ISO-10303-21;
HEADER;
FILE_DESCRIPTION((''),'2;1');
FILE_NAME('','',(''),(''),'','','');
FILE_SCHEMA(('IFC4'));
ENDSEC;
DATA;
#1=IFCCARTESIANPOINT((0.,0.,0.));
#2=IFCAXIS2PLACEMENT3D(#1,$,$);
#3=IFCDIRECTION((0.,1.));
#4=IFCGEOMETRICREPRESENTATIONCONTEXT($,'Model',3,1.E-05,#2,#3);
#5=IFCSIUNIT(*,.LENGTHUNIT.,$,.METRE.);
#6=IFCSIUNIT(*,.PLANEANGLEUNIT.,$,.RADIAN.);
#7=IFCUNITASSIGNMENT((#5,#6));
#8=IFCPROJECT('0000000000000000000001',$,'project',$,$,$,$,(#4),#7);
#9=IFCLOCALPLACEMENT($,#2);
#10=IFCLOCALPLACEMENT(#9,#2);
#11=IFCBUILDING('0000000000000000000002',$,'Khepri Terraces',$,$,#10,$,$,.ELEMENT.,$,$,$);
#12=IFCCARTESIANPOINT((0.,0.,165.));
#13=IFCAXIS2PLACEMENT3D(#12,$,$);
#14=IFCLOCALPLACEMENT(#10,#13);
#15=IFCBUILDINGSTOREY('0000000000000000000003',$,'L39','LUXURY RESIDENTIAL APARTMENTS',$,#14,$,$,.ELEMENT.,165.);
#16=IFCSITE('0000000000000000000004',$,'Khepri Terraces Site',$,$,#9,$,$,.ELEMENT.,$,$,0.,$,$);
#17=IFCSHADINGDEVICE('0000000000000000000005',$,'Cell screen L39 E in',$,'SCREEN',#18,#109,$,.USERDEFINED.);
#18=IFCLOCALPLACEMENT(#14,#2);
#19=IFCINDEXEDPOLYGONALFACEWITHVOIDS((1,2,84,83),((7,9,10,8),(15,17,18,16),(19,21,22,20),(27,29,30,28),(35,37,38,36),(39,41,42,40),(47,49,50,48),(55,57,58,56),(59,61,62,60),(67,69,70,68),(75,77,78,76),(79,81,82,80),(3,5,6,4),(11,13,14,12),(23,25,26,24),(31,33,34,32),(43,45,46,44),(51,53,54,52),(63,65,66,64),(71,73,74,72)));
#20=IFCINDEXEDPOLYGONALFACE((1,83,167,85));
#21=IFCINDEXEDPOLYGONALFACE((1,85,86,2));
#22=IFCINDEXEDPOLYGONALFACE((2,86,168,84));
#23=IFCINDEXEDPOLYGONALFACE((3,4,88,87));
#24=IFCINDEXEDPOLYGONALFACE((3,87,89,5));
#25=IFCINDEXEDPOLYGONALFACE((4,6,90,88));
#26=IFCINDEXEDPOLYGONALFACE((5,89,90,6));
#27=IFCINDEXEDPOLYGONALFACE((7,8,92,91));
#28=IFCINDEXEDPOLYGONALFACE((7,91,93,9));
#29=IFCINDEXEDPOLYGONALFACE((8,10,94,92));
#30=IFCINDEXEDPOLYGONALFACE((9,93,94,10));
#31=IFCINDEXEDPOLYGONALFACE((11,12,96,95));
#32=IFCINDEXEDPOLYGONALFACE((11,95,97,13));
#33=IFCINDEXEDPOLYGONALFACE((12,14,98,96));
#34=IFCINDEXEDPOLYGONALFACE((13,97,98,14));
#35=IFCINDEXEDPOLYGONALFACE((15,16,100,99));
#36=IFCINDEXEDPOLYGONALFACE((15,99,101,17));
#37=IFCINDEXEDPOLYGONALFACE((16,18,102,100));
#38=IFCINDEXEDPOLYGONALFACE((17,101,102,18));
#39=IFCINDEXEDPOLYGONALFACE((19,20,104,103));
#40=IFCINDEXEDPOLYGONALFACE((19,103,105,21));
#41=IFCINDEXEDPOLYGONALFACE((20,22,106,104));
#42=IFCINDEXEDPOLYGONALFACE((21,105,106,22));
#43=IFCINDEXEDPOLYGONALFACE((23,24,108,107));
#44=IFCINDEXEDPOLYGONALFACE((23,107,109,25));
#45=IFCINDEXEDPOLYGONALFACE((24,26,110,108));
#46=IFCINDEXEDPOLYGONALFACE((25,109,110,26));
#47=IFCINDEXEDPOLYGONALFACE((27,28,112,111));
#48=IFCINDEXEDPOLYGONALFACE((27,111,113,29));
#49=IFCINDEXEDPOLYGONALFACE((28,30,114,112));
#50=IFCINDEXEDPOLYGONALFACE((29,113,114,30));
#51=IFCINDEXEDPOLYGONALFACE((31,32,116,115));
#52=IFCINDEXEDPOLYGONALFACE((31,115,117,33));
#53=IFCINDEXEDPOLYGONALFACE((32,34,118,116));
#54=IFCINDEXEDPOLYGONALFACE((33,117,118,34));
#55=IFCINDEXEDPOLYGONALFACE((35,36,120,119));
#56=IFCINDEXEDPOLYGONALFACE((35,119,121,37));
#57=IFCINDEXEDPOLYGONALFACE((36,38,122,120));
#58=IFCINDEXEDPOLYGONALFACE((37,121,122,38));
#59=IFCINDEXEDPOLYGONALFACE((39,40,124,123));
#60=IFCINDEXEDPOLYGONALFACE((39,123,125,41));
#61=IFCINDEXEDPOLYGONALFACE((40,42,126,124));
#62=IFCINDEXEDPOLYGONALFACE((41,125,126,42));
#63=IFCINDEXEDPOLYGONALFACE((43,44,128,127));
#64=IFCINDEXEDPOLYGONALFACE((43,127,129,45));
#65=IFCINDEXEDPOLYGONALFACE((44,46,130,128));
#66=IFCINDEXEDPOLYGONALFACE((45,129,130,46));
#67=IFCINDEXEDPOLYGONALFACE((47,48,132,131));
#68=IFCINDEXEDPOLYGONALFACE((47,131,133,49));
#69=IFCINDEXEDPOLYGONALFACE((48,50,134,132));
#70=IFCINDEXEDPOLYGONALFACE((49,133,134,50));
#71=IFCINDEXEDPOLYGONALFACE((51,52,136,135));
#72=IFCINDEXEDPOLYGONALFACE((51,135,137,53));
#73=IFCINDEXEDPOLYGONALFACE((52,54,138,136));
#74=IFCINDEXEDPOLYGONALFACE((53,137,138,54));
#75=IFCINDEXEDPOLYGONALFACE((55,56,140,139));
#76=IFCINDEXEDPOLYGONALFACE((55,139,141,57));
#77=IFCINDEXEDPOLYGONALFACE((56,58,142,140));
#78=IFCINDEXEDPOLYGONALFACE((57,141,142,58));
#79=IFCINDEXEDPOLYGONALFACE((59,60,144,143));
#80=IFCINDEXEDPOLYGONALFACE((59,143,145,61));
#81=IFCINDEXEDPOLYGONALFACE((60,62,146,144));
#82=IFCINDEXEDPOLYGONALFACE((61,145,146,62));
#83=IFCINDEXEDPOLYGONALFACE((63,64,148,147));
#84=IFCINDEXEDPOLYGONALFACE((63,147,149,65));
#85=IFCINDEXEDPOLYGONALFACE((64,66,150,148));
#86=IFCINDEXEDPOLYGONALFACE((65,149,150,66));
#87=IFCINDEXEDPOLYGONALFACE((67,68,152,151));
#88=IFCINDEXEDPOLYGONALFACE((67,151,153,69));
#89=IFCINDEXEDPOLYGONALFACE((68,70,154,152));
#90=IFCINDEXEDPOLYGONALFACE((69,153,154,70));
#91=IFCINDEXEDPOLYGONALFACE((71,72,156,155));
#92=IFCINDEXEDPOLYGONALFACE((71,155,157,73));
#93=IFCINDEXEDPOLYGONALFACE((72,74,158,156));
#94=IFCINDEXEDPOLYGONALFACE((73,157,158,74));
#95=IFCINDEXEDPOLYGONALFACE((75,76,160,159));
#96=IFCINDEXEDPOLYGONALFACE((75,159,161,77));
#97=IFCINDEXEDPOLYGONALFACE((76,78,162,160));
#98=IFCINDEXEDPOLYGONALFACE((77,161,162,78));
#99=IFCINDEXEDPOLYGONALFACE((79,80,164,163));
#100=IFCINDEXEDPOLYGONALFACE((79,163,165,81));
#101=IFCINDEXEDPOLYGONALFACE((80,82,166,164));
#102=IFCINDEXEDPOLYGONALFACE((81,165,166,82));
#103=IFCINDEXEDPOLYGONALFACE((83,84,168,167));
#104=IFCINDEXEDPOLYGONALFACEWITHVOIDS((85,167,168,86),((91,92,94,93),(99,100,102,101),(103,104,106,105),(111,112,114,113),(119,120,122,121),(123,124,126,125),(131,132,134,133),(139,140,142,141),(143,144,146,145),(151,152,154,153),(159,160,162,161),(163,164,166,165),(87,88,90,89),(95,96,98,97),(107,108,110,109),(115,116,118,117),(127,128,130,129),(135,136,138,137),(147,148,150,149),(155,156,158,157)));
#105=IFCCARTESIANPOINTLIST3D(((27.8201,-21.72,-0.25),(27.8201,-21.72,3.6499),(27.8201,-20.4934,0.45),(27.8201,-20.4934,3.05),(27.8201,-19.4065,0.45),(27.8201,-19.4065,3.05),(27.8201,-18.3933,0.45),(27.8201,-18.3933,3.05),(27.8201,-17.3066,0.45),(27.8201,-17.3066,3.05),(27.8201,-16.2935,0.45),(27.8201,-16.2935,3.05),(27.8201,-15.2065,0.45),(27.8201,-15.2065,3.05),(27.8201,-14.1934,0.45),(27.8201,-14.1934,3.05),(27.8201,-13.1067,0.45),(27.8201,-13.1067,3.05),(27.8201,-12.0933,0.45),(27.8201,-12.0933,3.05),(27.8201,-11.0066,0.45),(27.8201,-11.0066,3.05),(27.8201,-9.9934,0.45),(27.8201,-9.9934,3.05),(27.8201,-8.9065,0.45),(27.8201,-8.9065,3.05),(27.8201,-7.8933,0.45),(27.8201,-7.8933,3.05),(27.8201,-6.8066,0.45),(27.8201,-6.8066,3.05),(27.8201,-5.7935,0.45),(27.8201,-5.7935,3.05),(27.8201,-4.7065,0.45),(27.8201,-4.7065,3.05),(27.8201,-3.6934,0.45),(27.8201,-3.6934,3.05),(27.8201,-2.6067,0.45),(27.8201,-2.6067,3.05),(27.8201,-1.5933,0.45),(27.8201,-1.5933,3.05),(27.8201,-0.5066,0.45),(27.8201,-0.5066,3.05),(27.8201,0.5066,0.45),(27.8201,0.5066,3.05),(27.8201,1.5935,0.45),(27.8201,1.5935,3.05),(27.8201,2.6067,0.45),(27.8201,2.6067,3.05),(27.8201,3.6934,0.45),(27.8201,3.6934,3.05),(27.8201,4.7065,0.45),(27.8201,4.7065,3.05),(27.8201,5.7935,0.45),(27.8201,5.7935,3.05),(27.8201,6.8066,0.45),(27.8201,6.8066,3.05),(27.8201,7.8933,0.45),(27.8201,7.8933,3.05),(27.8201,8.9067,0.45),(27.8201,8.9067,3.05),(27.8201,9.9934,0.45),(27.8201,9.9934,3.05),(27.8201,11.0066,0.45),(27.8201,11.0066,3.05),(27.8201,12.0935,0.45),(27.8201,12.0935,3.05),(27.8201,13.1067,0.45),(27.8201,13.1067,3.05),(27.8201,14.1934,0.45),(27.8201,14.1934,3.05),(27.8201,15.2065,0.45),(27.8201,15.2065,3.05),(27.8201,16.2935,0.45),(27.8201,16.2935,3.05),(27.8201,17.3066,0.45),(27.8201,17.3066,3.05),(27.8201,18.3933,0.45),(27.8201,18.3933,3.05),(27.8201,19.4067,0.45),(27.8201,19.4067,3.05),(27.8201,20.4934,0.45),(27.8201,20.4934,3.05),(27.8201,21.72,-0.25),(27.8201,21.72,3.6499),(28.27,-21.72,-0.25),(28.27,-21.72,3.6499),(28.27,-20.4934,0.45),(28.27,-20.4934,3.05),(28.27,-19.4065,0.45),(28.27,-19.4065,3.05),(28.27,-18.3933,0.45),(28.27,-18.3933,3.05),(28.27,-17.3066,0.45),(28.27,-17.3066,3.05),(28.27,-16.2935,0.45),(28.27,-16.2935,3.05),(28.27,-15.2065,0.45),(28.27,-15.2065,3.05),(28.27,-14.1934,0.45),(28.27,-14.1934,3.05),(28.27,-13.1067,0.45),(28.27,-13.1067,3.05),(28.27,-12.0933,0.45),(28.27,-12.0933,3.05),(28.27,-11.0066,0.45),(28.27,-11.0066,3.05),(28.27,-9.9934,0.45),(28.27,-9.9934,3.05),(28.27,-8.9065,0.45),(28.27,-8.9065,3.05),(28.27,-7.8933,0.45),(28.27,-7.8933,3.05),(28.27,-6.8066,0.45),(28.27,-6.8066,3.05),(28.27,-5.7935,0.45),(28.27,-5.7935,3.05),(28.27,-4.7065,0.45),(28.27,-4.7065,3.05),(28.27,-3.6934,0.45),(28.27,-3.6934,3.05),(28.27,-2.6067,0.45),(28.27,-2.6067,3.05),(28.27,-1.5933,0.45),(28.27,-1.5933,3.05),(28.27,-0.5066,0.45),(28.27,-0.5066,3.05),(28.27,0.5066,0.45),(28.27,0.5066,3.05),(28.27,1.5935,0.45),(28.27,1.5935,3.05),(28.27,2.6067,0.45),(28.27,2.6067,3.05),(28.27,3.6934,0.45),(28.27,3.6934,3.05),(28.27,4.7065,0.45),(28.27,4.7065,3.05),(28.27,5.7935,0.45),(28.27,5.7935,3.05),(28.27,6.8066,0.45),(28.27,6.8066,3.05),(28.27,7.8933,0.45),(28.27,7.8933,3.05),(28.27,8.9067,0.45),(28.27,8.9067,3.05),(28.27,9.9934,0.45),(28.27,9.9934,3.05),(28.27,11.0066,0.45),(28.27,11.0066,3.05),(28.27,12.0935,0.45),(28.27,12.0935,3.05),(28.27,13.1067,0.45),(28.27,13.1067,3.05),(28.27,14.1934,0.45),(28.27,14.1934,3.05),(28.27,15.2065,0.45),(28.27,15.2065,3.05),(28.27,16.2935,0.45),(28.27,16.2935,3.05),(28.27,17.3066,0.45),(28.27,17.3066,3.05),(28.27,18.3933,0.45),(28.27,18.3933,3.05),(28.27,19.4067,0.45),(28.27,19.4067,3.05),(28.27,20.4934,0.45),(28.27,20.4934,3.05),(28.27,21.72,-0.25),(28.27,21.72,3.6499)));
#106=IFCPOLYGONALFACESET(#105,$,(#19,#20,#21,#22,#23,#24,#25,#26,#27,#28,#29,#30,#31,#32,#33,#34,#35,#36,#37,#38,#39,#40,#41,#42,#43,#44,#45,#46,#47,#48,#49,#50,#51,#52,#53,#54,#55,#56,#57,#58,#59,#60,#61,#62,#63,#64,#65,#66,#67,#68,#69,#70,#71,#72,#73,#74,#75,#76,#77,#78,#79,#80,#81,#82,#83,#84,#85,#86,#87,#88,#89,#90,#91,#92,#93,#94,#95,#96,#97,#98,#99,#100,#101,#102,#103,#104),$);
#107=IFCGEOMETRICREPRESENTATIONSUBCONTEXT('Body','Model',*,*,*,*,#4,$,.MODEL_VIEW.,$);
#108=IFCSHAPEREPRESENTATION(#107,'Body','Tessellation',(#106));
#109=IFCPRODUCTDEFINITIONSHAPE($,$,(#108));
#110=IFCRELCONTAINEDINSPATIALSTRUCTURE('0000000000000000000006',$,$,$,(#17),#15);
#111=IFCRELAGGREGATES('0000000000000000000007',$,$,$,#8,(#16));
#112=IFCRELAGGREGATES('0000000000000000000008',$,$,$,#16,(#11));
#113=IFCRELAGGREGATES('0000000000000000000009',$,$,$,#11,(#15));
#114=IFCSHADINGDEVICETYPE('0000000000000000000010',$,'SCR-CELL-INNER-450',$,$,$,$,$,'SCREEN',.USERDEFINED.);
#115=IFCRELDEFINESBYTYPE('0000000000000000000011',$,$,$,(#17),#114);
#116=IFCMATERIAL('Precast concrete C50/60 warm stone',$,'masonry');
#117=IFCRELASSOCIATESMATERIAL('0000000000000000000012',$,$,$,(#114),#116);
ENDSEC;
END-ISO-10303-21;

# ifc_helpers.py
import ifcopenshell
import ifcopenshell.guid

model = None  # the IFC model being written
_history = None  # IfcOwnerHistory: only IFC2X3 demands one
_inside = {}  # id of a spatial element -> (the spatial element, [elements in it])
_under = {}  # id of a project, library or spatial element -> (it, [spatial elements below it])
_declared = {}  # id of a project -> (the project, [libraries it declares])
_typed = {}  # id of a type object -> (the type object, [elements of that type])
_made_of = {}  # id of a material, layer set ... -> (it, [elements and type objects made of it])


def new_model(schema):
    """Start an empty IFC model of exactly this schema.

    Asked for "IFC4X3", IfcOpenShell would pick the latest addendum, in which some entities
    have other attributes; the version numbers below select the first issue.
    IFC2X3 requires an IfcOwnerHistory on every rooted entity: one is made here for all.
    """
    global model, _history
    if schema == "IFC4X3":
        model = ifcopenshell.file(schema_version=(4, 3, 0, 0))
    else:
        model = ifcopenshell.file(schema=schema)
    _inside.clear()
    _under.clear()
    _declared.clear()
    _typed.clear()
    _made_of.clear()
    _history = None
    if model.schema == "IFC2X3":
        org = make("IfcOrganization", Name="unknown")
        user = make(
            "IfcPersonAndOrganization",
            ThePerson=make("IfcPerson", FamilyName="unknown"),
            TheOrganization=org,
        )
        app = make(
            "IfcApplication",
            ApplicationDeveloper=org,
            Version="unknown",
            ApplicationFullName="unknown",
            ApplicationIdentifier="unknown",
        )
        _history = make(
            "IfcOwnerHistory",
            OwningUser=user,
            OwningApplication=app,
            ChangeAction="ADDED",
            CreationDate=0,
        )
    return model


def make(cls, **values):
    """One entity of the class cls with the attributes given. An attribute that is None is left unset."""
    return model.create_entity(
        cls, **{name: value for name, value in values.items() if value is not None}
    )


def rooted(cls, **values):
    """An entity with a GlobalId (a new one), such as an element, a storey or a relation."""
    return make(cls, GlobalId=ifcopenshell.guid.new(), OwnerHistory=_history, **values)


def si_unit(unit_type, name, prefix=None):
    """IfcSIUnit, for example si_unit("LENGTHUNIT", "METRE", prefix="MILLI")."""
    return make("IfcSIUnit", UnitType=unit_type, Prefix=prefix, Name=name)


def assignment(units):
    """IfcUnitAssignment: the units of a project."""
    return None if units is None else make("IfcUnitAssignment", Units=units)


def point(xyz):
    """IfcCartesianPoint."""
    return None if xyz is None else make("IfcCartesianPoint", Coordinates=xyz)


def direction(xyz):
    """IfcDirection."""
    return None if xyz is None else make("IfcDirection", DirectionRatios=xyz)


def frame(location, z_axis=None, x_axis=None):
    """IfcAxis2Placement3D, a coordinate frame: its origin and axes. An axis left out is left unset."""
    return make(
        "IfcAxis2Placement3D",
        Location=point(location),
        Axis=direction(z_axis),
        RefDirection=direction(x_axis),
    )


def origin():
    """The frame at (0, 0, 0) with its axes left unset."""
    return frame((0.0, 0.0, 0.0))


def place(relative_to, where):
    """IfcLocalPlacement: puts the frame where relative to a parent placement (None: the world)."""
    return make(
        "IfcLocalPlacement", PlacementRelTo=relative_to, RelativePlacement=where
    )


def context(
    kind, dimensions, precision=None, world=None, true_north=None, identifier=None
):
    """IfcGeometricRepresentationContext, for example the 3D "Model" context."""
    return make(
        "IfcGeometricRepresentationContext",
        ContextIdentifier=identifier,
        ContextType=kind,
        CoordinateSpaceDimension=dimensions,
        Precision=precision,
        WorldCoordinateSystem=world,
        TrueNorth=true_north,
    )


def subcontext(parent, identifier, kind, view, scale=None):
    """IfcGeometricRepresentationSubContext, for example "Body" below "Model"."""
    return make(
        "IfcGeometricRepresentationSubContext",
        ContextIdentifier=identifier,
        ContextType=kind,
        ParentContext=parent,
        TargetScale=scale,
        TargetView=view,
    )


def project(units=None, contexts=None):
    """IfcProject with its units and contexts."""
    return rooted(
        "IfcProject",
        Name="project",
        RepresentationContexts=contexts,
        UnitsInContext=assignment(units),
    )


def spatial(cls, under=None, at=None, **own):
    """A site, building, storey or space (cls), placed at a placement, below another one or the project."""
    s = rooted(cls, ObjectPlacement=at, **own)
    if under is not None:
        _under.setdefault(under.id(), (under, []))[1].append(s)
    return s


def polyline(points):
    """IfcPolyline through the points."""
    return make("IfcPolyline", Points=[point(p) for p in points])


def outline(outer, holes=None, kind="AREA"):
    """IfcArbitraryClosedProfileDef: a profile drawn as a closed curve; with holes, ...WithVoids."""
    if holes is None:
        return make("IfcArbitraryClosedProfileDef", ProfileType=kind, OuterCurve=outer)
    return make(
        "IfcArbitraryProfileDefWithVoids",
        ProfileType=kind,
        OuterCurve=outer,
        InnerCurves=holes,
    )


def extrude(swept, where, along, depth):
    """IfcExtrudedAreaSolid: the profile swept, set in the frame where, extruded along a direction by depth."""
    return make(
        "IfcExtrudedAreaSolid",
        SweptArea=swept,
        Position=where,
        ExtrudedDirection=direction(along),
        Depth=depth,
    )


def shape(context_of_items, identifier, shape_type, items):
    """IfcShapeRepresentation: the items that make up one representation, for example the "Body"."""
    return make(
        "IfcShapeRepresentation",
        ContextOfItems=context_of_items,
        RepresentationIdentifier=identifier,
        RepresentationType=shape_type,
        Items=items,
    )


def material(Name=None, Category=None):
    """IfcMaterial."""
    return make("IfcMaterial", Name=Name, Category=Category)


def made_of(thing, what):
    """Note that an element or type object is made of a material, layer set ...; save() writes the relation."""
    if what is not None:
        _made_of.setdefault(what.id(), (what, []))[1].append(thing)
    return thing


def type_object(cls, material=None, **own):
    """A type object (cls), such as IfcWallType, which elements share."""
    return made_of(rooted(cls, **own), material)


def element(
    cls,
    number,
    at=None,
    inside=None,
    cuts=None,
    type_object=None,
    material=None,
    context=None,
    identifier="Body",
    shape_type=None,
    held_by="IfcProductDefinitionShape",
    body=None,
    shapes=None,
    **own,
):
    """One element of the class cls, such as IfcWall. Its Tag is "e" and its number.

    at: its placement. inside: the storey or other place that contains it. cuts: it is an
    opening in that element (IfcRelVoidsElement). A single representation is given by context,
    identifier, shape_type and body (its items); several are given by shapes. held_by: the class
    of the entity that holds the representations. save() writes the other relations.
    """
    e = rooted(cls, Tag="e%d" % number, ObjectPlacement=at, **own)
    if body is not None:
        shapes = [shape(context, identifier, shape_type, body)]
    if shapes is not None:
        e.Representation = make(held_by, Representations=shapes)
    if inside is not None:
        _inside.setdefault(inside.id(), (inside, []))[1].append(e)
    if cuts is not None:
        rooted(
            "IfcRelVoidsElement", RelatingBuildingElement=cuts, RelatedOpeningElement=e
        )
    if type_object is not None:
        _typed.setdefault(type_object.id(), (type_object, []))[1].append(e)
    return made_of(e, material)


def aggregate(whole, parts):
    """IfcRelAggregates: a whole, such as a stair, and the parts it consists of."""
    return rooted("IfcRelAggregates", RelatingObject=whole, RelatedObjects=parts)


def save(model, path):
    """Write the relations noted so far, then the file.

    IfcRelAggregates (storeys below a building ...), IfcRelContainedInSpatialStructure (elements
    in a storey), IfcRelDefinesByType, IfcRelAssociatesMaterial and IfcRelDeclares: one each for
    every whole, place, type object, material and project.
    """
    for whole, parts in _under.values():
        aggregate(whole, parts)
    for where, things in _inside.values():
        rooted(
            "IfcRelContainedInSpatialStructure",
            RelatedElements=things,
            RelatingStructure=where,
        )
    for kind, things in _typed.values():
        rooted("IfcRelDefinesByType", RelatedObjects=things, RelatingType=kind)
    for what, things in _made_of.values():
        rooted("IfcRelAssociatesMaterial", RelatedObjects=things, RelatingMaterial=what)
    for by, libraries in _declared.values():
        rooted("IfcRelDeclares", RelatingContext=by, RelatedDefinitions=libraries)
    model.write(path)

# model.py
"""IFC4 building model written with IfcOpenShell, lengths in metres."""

from ifc_helpers import new_model, si_unit, direction, frame, origin, place, context, subcontext, project, spatial, polyline, outline, extrude, material, type_object, element, save


model = new_model("IFC4")

# Units and contexts
model_context = context("Model", 3, precision=1e-05, world=origin(), true_north=direction((0.0, 1.0)))
body_context = subcontext(model_context, "Body", "Model", "MODEL_VIEW")
ifc_project = project(units=[si_unit("LENGTHUNIT", "METRE"), si_unit("PLANEANGLEUNIT", "RADIAN")], contexts=[model_context])

# Site, building, storey
site_placement = place(None, origin())
site = spatial("IfcSite", under=ifc_project, at=site_placement, Name="Khepri Terraces Site", CompositionType="ELEMENT", RefElevation=0.0)
building_placement = place(site_placement, origin())
building = spatial("IfcBuilding", under=site, at=building_placement, Name="Khepri Terraces", CompositionType="ELEMENT")
storey_placement = place(building_placement, frame((0.0, 0.0, 165.0)))
storey = spatial("IfcBuildingStorey", under=building, at=storey_placement, Name="L39", Description="LUXURY RESIDENTIAL APARTMENTS", CompositionType="ELEMENT", Elevation=165.0)

# Shared definitions
ifc_material_1 = material(Name="Precast concrete C50/60 warm stone", Category="masonry")

# Shading device
shading_device_type_1 = type_object("IfcShadingDeviceType", Name="SCR-CELL-INNER-450", ElementType="SCREEN", PredefinedType="USERDEFINED", material=ifc_material_1)
shading_device_1_placement = place(storey_placement, frame((27.8201, -21.72, -0.25), z_axis=(1.0, 0.0, 0.0), x_axis=(0.0, 1.0, 0.0)))
element("IfcShadingDevice", 1, at=shading_device_1_placement, inside=storey, type_object=shading_device_type_1, Name="Cell screen L39 E in", ObjectType="SCREEN", PredefinedType="USERDEFINED", context=body_context, shape_type="SweptSolid", body=[
    extrude(outline(polyline([(0.0, 0.0), (43.4399, 0.0), (43.4399, 3.8999), (0.0, 3.8999), (0.0, 0.0)]), holes=[polyline([(1.2266, 0.7), (2.3135, 0.7), (2.3135, 3.3), (1.2266, 3.3), (1.2266, 0.7)]), polyline([(3.3267, 0.7), (4.4133, 0.7), (4.4133, 3.3), (3.3267, 3.3), (3.3267, 0.7)]), polyline([(5.4265, 0.7), (6.5134, 0.7), (6.5134, 3.3), (5.4265, 3.3), (5.4265, 0.7)]), polyline([(7.5266, 0.7), (8.6133, 0.7), (8.6133, 3.3), (7.5266, 3.3), (7.5266, 0.7)]), polyline([(9.6267, 0.7), (10.7134, 0.7), (10.7134, 3.3), (9.6267, 3.3), (9.6267, 0.7)]), polyline([(11.7266, 0.7), (12.8135, 0.7), (12.8135, 3.3), (11.7266, 3.3), (11.7266, 0.7)]), polyline([(13.8267, 0.7), (14.9133, 0.7), (14.9133, 3.3), (13.8267, 3.3), (13.8267, 0.7)]), polyline([(15.9265, 0.7), (17.0134, 0.7), (17.0134, 3.3), (15.9265, 3.3), (15.9265, 0.7)]), polyline([(18.0266, 0.7), (19.1133, 0.7), (19.1133, 3.3), (18.0266, 3.3), (18.0266, 0.7)]), polyline([(20.1267, 0.7), (21.2134, 0.7), (21.2134, 3.3), (20.1267, 3.3), (20.1267, 0.7)]), polyline([(22.2266, 0.7), (23.3135, 0.7), (23.3135, 3.3), (22.2266, 3.3), (22.2266, 0.7)]), polyline([(24.3267, 0.7), (25.4133, 0.7), (25.4133, 3.3), (24.3267, 3.3), (24.3267, 0.7)]), polyline([(26.4265, 0.7), (27.5134, 0.7), (27.5134, 3.3), (26.4265, 3.3), (26.4265, 0.7)]), polyline([(28.5266, 0.7), (29.6133, 0.7), (29.6133, 3.3), (28.5266, 3.3), (28.5266, 0.7)]), polyline([(30.6267, 0.7), (31.7134, 0.7), (31.7134, 3.3), (30.6267, 3.3), (30.6267, 0.7)]), polyline([(32.7266, 0.7), (33.8135, 0.7), (33.8135, 3.3), (32.7266, 3.3), (32.7266, 0.7)]), polyline([(34.8267, 0.7), (35.9133, 0.7), (35.9133, 3.3), (34.8267, 3.3), (34.8267, 0.7)]), polyline([(36.9265, 0.7), (38.0134, 0.7), (38.0134, 3.3), (36.9265, 3.3), (36.9265, 0.7)]), polyline([(39.0266, 0.7), (40.1133, 0.7), (40.1133, 3.3), (39.0266, 3.3), (39.0266, 0.7)]), polyline([(41.1267, 0.7), (42.2134, 0.7), (42.2134, 3.3), (41.1267, 3.3), (41.1267, 0.7)])]), origin(), (0.0, 0.0, 1.0), 0.45),
])

save(model, "model.ifc")
